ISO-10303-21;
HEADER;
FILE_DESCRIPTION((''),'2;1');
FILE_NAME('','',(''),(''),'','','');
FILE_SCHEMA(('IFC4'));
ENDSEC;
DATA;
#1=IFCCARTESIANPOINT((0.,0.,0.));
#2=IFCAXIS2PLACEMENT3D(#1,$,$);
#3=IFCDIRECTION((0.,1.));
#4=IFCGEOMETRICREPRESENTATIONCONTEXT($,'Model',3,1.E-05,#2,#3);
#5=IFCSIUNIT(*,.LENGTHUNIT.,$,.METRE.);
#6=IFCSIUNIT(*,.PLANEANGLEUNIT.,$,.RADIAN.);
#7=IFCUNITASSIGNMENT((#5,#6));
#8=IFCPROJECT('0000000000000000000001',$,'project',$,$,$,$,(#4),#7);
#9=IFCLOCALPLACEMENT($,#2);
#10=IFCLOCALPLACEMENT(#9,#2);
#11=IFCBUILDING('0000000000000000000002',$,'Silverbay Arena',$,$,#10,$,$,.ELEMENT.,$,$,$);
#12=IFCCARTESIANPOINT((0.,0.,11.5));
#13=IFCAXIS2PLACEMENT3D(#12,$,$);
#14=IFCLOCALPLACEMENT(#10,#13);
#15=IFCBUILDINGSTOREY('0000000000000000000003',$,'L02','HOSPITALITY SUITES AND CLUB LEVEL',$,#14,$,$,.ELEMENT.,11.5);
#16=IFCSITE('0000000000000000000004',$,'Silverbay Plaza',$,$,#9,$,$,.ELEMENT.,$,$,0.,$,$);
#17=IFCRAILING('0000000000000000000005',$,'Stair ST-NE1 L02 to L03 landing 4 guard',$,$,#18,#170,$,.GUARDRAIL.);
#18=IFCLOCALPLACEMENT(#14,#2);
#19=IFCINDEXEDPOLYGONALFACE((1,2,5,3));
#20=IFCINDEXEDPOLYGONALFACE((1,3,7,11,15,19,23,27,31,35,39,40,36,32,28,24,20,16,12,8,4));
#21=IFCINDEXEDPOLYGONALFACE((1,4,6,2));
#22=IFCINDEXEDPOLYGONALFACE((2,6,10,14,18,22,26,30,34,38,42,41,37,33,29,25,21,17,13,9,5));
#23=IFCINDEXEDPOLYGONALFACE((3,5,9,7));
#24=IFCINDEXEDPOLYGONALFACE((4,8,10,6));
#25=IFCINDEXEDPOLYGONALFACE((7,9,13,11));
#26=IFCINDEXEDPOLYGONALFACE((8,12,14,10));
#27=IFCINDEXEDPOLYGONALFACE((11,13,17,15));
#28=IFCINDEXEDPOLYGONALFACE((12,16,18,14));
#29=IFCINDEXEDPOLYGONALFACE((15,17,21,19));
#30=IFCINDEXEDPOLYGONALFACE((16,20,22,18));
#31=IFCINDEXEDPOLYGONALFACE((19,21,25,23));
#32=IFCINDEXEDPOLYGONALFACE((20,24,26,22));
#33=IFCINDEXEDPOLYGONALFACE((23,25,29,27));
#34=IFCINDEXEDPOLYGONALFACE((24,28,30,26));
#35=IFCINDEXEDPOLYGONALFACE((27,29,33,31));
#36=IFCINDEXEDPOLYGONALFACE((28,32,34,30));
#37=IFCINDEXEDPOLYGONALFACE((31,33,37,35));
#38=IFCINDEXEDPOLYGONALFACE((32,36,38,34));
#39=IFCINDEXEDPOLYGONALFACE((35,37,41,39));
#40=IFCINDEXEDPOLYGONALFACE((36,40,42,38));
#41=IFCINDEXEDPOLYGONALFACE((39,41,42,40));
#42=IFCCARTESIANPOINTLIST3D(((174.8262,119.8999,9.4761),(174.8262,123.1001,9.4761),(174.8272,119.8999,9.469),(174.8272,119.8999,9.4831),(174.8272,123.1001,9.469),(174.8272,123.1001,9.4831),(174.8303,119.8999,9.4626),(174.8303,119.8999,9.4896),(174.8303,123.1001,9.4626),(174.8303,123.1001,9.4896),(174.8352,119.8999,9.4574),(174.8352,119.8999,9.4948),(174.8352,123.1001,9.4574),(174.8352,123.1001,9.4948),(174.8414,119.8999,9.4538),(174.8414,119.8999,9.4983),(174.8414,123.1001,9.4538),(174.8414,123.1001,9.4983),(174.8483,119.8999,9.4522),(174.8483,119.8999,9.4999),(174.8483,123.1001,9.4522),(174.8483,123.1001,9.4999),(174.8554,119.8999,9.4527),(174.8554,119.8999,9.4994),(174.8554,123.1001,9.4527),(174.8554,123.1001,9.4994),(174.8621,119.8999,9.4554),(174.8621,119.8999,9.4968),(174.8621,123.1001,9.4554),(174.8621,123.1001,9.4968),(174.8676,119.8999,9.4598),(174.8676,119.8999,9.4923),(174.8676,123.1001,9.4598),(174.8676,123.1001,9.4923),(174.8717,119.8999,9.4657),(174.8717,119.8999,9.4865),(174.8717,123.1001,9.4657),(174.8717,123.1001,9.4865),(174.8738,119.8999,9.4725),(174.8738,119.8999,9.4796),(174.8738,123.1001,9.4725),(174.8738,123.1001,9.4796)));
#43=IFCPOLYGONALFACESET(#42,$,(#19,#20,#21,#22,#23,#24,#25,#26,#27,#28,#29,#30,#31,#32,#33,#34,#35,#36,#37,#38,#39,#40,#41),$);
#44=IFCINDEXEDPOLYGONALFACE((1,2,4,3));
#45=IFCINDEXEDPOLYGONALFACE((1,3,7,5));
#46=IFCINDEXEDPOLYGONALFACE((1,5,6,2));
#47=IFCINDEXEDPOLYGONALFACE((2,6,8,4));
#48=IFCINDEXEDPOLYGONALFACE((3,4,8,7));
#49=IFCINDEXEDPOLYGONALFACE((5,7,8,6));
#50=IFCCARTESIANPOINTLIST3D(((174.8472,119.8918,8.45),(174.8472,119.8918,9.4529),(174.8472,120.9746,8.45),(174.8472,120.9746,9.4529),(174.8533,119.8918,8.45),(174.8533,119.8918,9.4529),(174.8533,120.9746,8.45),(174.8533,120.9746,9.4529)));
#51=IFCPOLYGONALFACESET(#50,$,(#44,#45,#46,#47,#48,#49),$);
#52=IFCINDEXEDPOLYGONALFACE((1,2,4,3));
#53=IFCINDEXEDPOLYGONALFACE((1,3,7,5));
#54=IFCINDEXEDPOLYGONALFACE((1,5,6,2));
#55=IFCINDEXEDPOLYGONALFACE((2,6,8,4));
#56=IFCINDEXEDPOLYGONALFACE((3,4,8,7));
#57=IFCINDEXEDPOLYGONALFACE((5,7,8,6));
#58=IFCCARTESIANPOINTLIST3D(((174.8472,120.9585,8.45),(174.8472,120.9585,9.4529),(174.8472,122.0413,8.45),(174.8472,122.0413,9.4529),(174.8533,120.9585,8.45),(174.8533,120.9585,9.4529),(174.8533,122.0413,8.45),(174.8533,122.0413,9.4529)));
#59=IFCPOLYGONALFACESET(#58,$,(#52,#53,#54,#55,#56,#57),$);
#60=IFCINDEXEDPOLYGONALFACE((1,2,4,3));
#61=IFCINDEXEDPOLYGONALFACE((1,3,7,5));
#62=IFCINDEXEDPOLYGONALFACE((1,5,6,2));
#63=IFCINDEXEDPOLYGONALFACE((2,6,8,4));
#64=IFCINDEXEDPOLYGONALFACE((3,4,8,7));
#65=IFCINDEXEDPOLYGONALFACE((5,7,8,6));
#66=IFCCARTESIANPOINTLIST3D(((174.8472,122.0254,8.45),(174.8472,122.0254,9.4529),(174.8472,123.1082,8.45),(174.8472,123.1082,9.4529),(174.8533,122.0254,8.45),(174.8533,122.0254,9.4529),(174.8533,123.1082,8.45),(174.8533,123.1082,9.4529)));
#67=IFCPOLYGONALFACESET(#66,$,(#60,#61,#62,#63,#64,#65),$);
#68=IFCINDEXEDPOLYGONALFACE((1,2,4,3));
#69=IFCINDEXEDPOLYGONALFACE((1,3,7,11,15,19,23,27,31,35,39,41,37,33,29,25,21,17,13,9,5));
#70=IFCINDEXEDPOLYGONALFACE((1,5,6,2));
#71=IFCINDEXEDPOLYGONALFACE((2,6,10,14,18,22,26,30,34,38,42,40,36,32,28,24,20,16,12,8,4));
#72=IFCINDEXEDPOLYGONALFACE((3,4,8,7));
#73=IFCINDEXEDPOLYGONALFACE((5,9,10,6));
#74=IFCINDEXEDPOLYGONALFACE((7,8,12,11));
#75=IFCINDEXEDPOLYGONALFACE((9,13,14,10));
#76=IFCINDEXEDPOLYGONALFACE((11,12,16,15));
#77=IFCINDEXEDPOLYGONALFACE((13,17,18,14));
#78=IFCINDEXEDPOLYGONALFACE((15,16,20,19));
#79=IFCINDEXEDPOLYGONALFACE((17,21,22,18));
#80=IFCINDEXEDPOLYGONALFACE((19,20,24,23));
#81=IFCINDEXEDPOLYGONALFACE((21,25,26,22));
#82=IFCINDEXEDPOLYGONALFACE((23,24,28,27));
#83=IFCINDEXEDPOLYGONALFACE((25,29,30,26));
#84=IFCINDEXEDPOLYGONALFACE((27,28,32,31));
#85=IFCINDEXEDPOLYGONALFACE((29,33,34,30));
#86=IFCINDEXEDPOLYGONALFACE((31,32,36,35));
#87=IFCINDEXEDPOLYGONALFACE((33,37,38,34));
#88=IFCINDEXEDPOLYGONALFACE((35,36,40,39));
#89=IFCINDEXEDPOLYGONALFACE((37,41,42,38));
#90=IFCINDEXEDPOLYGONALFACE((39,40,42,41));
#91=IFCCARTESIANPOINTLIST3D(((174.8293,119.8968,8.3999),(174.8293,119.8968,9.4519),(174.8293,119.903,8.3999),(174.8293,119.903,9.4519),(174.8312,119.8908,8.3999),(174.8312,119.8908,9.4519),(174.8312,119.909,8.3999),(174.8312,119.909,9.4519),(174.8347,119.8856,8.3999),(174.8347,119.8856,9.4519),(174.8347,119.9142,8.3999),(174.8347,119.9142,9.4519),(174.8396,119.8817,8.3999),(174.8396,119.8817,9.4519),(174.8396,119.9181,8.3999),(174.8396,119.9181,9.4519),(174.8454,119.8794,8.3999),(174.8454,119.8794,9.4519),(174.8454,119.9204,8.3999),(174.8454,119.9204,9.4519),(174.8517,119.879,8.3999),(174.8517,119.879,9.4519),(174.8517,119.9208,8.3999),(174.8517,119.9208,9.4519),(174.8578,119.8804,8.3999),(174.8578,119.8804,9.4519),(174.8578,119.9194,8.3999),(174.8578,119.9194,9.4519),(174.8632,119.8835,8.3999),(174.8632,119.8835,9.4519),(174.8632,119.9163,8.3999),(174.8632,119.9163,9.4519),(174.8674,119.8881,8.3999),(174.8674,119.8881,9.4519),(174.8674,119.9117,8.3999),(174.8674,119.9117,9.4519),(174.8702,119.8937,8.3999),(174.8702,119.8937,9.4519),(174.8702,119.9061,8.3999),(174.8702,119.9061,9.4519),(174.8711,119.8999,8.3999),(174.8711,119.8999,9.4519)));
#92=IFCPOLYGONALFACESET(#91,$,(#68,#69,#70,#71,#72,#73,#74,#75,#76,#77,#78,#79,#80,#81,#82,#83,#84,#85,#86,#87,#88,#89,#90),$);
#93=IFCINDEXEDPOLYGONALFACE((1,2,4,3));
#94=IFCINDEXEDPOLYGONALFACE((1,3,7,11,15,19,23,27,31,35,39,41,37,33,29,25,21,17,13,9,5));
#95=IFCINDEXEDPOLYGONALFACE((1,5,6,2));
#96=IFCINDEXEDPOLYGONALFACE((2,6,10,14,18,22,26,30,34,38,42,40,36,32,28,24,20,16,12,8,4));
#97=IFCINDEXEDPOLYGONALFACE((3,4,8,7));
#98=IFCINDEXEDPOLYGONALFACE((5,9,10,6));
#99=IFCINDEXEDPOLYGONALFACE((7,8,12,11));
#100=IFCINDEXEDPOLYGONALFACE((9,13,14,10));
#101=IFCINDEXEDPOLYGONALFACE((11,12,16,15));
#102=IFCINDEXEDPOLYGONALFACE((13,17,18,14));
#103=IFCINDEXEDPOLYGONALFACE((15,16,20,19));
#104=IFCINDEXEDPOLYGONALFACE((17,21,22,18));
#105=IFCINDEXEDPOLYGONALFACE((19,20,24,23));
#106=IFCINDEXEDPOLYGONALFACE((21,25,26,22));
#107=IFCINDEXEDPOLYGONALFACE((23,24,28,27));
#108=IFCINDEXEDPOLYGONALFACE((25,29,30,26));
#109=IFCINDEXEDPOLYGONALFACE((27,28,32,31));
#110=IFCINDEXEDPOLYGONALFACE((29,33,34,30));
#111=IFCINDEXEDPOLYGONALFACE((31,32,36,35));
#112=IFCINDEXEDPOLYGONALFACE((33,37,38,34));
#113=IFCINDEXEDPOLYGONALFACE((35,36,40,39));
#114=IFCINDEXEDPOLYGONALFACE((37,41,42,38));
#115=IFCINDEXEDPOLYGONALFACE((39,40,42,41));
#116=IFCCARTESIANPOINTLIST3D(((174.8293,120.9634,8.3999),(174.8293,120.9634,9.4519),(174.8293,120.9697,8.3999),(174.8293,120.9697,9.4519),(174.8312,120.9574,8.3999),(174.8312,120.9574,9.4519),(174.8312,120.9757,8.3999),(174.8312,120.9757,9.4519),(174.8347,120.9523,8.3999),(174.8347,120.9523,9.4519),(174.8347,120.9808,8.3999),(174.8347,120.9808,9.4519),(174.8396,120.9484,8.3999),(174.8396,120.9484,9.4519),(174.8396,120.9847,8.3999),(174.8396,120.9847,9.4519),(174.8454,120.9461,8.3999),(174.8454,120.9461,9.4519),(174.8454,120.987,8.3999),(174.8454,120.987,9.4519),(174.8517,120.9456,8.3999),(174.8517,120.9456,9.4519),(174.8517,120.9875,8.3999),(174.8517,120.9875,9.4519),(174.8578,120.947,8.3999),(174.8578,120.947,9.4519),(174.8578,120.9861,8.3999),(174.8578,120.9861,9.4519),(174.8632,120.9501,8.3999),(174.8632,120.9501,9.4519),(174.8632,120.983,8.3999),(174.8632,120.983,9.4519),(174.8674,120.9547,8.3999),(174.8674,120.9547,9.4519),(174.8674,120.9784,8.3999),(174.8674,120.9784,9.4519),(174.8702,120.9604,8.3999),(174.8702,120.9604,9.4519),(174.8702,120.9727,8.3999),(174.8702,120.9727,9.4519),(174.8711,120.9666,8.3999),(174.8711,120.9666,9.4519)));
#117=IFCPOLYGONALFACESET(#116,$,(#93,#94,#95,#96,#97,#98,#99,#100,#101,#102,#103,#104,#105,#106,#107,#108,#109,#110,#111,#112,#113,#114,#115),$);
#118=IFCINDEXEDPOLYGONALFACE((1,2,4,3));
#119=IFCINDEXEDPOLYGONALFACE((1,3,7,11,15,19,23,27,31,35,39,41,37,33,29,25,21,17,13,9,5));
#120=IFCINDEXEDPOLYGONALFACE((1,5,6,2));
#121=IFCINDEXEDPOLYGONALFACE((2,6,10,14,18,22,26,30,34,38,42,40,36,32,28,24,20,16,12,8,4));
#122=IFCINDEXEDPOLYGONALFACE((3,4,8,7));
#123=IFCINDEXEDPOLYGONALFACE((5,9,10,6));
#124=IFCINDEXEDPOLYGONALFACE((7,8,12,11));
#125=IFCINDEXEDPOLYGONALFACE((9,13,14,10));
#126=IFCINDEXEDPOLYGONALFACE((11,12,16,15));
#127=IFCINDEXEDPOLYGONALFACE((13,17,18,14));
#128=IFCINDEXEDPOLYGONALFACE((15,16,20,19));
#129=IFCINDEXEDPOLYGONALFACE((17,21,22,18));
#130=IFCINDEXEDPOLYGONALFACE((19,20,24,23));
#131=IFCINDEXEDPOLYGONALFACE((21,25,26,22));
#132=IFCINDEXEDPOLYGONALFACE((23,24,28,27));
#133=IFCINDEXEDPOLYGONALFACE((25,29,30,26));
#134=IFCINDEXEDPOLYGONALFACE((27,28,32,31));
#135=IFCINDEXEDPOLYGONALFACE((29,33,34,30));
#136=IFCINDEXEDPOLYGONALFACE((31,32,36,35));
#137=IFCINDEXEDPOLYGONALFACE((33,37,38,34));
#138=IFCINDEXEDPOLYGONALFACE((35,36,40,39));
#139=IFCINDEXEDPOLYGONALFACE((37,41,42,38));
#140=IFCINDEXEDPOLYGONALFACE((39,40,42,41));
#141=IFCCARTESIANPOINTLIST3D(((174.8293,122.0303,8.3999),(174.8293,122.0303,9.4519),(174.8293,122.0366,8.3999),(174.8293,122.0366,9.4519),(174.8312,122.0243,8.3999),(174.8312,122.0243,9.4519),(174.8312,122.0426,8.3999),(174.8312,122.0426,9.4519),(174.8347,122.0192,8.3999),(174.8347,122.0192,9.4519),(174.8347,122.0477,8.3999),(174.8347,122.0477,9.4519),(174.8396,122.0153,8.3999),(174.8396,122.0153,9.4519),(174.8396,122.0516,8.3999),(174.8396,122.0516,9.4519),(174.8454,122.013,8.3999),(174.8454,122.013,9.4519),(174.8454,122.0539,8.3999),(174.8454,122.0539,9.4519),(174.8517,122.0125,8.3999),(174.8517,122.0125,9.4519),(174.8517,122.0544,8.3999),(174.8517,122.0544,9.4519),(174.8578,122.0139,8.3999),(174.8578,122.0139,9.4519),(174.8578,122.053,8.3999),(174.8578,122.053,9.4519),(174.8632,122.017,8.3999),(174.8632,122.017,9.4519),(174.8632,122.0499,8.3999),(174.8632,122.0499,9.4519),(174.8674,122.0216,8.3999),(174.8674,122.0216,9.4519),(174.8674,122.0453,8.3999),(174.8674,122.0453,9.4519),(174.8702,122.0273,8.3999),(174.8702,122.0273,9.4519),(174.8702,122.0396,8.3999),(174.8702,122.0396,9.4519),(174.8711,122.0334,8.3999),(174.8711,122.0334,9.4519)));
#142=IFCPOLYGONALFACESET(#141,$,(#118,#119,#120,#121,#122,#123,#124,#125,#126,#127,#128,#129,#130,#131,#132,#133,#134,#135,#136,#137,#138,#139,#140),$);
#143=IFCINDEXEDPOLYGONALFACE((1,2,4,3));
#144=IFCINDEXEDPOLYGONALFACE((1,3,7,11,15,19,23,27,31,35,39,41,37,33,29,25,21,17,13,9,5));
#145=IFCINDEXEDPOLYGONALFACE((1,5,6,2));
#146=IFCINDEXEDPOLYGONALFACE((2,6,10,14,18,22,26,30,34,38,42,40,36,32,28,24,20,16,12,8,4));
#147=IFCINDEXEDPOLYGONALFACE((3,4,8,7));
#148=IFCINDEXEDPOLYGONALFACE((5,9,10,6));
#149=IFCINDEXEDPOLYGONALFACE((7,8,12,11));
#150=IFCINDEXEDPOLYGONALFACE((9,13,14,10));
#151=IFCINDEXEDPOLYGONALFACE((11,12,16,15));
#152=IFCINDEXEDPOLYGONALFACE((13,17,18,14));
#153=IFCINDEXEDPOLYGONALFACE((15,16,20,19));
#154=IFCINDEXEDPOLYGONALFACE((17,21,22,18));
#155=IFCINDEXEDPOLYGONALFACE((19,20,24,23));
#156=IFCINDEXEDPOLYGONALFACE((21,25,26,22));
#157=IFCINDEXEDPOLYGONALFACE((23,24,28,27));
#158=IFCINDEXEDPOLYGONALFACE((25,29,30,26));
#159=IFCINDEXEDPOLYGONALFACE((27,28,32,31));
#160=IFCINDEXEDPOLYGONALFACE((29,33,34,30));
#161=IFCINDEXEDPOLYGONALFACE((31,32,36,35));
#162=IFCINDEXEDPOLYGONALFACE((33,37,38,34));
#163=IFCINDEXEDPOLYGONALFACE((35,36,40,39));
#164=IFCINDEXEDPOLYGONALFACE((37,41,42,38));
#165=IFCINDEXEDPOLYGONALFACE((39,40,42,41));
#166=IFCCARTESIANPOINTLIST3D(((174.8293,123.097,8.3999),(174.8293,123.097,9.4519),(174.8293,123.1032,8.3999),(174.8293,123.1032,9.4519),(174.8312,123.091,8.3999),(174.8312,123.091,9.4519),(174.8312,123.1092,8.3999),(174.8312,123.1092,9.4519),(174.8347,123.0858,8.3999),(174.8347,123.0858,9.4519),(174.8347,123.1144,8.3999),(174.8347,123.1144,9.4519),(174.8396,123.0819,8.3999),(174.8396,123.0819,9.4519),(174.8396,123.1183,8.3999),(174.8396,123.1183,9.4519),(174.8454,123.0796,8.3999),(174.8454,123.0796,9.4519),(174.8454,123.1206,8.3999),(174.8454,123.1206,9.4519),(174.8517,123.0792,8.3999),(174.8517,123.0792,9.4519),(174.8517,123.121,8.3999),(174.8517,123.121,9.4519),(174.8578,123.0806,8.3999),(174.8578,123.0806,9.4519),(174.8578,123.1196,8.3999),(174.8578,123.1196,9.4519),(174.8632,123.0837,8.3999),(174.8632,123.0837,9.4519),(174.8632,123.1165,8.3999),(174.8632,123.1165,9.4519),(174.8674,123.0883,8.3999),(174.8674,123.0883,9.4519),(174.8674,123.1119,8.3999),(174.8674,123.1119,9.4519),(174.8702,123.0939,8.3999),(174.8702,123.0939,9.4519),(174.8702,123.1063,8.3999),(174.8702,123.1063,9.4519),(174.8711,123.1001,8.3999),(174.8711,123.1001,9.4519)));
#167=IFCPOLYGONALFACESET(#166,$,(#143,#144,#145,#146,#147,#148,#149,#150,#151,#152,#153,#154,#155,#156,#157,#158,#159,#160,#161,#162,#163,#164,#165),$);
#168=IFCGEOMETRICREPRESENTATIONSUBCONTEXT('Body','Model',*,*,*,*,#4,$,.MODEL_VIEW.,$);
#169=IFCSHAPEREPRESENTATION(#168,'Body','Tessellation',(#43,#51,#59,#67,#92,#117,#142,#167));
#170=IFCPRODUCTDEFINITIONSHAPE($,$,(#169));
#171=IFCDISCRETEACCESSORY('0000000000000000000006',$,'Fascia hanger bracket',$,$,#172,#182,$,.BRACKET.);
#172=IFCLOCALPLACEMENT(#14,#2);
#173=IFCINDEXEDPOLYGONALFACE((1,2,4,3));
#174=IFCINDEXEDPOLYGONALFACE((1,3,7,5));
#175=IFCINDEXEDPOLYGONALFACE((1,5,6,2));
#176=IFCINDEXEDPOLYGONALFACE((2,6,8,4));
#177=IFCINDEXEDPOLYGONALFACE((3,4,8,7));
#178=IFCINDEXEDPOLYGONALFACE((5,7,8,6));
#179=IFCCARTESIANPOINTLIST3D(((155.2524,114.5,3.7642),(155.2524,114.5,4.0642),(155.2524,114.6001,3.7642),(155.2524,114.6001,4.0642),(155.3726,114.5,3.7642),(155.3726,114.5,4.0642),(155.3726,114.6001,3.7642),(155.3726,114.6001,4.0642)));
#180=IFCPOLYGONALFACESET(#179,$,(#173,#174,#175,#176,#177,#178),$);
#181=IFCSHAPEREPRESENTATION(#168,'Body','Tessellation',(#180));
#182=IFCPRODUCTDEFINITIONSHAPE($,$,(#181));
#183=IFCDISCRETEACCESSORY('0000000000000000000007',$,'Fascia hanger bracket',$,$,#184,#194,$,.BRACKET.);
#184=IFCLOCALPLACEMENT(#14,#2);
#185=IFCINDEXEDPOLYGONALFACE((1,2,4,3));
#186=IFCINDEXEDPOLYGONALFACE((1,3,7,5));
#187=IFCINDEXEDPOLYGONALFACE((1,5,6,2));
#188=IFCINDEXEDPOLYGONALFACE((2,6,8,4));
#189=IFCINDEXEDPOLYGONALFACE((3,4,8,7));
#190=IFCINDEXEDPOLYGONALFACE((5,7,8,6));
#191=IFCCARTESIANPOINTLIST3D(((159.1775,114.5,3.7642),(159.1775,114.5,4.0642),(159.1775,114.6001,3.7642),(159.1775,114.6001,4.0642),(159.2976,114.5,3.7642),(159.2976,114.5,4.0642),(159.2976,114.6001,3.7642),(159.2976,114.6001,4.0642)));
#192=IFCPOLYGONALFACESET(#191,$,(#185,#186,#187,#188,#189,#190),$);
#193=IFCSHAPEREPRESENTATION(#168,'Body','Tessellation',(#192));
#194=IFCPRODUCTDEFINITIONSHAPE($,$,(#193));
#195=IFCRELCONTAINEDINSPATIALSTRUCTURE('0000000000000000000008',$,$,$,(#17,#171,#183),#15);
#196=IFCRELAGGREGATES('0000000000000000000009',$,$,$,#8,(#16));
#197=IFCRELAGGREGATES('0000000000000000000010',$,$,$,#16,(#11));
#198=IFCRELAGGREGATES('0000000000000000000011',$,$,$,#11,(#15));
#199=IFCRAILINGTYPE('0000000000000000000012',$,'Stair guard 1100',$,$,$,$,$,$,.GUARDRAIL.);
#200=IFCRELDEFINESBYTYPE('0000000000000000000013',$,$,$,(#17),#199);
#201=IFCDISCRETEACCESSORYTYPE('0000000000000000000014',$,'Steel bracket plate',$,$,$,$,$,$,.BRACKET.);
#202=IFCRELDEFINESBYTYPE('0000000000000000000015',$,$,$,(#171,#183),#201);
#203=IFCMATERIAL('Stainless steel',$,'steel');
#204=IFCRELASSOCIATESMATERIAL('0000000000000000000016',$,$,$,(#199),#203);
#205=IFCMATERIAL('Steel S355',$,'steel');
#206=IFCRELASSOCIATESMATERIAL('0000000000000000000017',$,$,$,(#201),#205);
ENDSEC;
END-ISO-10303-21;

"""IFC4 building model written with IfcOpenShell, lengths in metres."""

from ifc_helpers import new_model, si_unit, direction, frame, origin, origin_2d, place, context, subcontext, project, spatial, polyline, rectangle, circle, outline, extrude, material, type_object, element, save


model = new_model("IFC4")

# Units and contexts
model_context = context("Model", 3, precision=1e-05, world=origin(), true_north=direction((0.0, 1.0)))
body_context = subcontext(model_context, "Body", "Model", "MODEL_VIEW")
ifc_project = project(units=[si_unit("LENGTHUNIT", "METRE"), si_unit("PLANEANGLEUNIT", "RADIAN")], contexts=[model_context])

# Site, building, storey
site_placement = place(None, origin())
site = spatial("IfcSite", under=ifc_project, at=site_placement, Name="Silverbay Plaza", CompositionType="ELEMENT", RefElevation=0.0)
building_placement = place(site_placement, origin())
building = spatial("IfcBuilding", under=site, at=building_placement, Name="Silverbay Arena", CompositionType="ELEMENT")
storey_placement = place(building_placement, frame((0.0, 0.0, 11.5)))
storey = spatial("IfcBuildingStorey", under=building, at=storey_placement, Name="L02", Description="HOSPITALITY SUITES AND CLUB LEVEL", CompositionType="ELEMENT", Elevation=11.5)

# Railing
ifc_material_1 = material(Name="Stainless steel", Category="steel")
railing_type = type_object("IfcRailingType", Name="Stair guard 1100", PredefinedType="GUARDRAIL", material=ifc_material_1)
for number, where, name in (
    (1, (174.8501, 119.8999, 8.3999), "Stair ST-NE1 L02 to L03 landing 4 guard"),
):
    element("IfcRailing", number, at=place(storey_placement, frame(where)), inside=storey, type_object=railing_type, Name=name, PredefinedType="GUARDRAIL", context=body_context, shape_type="SweptSolid", body=[
        extrude(circle(Radius=0.0239, at=origin_2d()), frame((0.0, 0.0, 1.0762), z_axis=(0.0, 1.0, 0.0), x_axis=(-1.0, 0.0, 0.0)), (0.0, 0.0, 1.0), 3.2002),
        extrude(outline(polyline([(-0.0081, 0.05), (1.0747, 0.05), (1.0747, 1.053), (-0.0081, 1.053), (-0.0081, 0.05)])), frame((-0.0029, 0.0, 0.0), z_axis=(1.0, 0.0, 0.0), x_axis=(0.0, 1.0, 0.0)), (0.0, 0.0, 1.0), 0.0061),
        extrude(outline(polyline([(-0.0081, 0.05), (1.0747, 0.05), (1.0747, 1.053), (-0.0081, 1.053), (-0.0081, 0.05)])), frame((-0.0029, 1.0667, 0.0), z_axis=(1.0, 0.0, 0.0), x_axis=(0.0, 1.0, 0.0)), (0.0, 0.0, 1.0), 0.0061),
        extrude(outline(polyline([(-0.0081, 0.05), (1.0747, 0.05), (1.0747, 1.053), (-0.0081, 1.053), (-0.0081, 0.05)])), frame((-0.0029, 2.1335, 0.0), z_axis=(1.0, 0.0, 0.0), x_axis=(0.0, 1.0, 0.0)), (0.0, 0.0, 1.0), 0.0061),
        extrude(circle(Radius=0.021, at=origin_2d()), origin(), (0.0, 0.0, 1.0), 1.052),
        extrude(circle(Radius=0.021, at=origin_2d()), frame((0.0, 1.0667, 0.0)), (0.0, 0.0, 1.0), 1.052),
        extrude(circle(Radius=0.021, at=origin_2d()), frame((0.0, 2.1335, 0.0)), (0.0, 0.0, 1.0), 1.052),
        extrude(circle(Radius=0.021, at=origin_2d()), frame((0.0, 3.2002, 0.0)), (0.0, 0.0, 1.0), 1.052),
    ])

# Discrete accessories
ifc_material_2 = material(Name="Steel S355", Category="steel")
discrete_accessory_type = type_object("IfcDiscreteAccessoryType", Name="Steel bracket plate", PredefinedType="BRACKET", material=ifc_material_2)
for number, where, z_axis, x_axis, name in (
    (2, (155.3125, 114.55, 3.7642), (0.0, 0.0, 1.0), (1.0, 0.0, 0.0), "Fascia hanger bracket"),
    (3, (159.2375, 114.55, 3.7642), (0.0, 0.0, 1.0), (1.0, 0.0, 0.0), "Fascia hanger bracket"),
):
    element("IfcDiscreteAccessory", number, at=place(storey_placement, frame(where, z_axis=z_axis, x_axis=x_axis)), inside=storey, type_object=discrete_accessory_type, Name=name, PredefinedType="BRACKET", context=body_context, shape_type="SweptSolid", body=[
        extrude(rectangle(XDim=0.1201, YDim=0.1001, at=origin_2d()), origin(), (0.0, 0.0, 1.0), 0.3),
    ])

save(model, "model.ifc")
